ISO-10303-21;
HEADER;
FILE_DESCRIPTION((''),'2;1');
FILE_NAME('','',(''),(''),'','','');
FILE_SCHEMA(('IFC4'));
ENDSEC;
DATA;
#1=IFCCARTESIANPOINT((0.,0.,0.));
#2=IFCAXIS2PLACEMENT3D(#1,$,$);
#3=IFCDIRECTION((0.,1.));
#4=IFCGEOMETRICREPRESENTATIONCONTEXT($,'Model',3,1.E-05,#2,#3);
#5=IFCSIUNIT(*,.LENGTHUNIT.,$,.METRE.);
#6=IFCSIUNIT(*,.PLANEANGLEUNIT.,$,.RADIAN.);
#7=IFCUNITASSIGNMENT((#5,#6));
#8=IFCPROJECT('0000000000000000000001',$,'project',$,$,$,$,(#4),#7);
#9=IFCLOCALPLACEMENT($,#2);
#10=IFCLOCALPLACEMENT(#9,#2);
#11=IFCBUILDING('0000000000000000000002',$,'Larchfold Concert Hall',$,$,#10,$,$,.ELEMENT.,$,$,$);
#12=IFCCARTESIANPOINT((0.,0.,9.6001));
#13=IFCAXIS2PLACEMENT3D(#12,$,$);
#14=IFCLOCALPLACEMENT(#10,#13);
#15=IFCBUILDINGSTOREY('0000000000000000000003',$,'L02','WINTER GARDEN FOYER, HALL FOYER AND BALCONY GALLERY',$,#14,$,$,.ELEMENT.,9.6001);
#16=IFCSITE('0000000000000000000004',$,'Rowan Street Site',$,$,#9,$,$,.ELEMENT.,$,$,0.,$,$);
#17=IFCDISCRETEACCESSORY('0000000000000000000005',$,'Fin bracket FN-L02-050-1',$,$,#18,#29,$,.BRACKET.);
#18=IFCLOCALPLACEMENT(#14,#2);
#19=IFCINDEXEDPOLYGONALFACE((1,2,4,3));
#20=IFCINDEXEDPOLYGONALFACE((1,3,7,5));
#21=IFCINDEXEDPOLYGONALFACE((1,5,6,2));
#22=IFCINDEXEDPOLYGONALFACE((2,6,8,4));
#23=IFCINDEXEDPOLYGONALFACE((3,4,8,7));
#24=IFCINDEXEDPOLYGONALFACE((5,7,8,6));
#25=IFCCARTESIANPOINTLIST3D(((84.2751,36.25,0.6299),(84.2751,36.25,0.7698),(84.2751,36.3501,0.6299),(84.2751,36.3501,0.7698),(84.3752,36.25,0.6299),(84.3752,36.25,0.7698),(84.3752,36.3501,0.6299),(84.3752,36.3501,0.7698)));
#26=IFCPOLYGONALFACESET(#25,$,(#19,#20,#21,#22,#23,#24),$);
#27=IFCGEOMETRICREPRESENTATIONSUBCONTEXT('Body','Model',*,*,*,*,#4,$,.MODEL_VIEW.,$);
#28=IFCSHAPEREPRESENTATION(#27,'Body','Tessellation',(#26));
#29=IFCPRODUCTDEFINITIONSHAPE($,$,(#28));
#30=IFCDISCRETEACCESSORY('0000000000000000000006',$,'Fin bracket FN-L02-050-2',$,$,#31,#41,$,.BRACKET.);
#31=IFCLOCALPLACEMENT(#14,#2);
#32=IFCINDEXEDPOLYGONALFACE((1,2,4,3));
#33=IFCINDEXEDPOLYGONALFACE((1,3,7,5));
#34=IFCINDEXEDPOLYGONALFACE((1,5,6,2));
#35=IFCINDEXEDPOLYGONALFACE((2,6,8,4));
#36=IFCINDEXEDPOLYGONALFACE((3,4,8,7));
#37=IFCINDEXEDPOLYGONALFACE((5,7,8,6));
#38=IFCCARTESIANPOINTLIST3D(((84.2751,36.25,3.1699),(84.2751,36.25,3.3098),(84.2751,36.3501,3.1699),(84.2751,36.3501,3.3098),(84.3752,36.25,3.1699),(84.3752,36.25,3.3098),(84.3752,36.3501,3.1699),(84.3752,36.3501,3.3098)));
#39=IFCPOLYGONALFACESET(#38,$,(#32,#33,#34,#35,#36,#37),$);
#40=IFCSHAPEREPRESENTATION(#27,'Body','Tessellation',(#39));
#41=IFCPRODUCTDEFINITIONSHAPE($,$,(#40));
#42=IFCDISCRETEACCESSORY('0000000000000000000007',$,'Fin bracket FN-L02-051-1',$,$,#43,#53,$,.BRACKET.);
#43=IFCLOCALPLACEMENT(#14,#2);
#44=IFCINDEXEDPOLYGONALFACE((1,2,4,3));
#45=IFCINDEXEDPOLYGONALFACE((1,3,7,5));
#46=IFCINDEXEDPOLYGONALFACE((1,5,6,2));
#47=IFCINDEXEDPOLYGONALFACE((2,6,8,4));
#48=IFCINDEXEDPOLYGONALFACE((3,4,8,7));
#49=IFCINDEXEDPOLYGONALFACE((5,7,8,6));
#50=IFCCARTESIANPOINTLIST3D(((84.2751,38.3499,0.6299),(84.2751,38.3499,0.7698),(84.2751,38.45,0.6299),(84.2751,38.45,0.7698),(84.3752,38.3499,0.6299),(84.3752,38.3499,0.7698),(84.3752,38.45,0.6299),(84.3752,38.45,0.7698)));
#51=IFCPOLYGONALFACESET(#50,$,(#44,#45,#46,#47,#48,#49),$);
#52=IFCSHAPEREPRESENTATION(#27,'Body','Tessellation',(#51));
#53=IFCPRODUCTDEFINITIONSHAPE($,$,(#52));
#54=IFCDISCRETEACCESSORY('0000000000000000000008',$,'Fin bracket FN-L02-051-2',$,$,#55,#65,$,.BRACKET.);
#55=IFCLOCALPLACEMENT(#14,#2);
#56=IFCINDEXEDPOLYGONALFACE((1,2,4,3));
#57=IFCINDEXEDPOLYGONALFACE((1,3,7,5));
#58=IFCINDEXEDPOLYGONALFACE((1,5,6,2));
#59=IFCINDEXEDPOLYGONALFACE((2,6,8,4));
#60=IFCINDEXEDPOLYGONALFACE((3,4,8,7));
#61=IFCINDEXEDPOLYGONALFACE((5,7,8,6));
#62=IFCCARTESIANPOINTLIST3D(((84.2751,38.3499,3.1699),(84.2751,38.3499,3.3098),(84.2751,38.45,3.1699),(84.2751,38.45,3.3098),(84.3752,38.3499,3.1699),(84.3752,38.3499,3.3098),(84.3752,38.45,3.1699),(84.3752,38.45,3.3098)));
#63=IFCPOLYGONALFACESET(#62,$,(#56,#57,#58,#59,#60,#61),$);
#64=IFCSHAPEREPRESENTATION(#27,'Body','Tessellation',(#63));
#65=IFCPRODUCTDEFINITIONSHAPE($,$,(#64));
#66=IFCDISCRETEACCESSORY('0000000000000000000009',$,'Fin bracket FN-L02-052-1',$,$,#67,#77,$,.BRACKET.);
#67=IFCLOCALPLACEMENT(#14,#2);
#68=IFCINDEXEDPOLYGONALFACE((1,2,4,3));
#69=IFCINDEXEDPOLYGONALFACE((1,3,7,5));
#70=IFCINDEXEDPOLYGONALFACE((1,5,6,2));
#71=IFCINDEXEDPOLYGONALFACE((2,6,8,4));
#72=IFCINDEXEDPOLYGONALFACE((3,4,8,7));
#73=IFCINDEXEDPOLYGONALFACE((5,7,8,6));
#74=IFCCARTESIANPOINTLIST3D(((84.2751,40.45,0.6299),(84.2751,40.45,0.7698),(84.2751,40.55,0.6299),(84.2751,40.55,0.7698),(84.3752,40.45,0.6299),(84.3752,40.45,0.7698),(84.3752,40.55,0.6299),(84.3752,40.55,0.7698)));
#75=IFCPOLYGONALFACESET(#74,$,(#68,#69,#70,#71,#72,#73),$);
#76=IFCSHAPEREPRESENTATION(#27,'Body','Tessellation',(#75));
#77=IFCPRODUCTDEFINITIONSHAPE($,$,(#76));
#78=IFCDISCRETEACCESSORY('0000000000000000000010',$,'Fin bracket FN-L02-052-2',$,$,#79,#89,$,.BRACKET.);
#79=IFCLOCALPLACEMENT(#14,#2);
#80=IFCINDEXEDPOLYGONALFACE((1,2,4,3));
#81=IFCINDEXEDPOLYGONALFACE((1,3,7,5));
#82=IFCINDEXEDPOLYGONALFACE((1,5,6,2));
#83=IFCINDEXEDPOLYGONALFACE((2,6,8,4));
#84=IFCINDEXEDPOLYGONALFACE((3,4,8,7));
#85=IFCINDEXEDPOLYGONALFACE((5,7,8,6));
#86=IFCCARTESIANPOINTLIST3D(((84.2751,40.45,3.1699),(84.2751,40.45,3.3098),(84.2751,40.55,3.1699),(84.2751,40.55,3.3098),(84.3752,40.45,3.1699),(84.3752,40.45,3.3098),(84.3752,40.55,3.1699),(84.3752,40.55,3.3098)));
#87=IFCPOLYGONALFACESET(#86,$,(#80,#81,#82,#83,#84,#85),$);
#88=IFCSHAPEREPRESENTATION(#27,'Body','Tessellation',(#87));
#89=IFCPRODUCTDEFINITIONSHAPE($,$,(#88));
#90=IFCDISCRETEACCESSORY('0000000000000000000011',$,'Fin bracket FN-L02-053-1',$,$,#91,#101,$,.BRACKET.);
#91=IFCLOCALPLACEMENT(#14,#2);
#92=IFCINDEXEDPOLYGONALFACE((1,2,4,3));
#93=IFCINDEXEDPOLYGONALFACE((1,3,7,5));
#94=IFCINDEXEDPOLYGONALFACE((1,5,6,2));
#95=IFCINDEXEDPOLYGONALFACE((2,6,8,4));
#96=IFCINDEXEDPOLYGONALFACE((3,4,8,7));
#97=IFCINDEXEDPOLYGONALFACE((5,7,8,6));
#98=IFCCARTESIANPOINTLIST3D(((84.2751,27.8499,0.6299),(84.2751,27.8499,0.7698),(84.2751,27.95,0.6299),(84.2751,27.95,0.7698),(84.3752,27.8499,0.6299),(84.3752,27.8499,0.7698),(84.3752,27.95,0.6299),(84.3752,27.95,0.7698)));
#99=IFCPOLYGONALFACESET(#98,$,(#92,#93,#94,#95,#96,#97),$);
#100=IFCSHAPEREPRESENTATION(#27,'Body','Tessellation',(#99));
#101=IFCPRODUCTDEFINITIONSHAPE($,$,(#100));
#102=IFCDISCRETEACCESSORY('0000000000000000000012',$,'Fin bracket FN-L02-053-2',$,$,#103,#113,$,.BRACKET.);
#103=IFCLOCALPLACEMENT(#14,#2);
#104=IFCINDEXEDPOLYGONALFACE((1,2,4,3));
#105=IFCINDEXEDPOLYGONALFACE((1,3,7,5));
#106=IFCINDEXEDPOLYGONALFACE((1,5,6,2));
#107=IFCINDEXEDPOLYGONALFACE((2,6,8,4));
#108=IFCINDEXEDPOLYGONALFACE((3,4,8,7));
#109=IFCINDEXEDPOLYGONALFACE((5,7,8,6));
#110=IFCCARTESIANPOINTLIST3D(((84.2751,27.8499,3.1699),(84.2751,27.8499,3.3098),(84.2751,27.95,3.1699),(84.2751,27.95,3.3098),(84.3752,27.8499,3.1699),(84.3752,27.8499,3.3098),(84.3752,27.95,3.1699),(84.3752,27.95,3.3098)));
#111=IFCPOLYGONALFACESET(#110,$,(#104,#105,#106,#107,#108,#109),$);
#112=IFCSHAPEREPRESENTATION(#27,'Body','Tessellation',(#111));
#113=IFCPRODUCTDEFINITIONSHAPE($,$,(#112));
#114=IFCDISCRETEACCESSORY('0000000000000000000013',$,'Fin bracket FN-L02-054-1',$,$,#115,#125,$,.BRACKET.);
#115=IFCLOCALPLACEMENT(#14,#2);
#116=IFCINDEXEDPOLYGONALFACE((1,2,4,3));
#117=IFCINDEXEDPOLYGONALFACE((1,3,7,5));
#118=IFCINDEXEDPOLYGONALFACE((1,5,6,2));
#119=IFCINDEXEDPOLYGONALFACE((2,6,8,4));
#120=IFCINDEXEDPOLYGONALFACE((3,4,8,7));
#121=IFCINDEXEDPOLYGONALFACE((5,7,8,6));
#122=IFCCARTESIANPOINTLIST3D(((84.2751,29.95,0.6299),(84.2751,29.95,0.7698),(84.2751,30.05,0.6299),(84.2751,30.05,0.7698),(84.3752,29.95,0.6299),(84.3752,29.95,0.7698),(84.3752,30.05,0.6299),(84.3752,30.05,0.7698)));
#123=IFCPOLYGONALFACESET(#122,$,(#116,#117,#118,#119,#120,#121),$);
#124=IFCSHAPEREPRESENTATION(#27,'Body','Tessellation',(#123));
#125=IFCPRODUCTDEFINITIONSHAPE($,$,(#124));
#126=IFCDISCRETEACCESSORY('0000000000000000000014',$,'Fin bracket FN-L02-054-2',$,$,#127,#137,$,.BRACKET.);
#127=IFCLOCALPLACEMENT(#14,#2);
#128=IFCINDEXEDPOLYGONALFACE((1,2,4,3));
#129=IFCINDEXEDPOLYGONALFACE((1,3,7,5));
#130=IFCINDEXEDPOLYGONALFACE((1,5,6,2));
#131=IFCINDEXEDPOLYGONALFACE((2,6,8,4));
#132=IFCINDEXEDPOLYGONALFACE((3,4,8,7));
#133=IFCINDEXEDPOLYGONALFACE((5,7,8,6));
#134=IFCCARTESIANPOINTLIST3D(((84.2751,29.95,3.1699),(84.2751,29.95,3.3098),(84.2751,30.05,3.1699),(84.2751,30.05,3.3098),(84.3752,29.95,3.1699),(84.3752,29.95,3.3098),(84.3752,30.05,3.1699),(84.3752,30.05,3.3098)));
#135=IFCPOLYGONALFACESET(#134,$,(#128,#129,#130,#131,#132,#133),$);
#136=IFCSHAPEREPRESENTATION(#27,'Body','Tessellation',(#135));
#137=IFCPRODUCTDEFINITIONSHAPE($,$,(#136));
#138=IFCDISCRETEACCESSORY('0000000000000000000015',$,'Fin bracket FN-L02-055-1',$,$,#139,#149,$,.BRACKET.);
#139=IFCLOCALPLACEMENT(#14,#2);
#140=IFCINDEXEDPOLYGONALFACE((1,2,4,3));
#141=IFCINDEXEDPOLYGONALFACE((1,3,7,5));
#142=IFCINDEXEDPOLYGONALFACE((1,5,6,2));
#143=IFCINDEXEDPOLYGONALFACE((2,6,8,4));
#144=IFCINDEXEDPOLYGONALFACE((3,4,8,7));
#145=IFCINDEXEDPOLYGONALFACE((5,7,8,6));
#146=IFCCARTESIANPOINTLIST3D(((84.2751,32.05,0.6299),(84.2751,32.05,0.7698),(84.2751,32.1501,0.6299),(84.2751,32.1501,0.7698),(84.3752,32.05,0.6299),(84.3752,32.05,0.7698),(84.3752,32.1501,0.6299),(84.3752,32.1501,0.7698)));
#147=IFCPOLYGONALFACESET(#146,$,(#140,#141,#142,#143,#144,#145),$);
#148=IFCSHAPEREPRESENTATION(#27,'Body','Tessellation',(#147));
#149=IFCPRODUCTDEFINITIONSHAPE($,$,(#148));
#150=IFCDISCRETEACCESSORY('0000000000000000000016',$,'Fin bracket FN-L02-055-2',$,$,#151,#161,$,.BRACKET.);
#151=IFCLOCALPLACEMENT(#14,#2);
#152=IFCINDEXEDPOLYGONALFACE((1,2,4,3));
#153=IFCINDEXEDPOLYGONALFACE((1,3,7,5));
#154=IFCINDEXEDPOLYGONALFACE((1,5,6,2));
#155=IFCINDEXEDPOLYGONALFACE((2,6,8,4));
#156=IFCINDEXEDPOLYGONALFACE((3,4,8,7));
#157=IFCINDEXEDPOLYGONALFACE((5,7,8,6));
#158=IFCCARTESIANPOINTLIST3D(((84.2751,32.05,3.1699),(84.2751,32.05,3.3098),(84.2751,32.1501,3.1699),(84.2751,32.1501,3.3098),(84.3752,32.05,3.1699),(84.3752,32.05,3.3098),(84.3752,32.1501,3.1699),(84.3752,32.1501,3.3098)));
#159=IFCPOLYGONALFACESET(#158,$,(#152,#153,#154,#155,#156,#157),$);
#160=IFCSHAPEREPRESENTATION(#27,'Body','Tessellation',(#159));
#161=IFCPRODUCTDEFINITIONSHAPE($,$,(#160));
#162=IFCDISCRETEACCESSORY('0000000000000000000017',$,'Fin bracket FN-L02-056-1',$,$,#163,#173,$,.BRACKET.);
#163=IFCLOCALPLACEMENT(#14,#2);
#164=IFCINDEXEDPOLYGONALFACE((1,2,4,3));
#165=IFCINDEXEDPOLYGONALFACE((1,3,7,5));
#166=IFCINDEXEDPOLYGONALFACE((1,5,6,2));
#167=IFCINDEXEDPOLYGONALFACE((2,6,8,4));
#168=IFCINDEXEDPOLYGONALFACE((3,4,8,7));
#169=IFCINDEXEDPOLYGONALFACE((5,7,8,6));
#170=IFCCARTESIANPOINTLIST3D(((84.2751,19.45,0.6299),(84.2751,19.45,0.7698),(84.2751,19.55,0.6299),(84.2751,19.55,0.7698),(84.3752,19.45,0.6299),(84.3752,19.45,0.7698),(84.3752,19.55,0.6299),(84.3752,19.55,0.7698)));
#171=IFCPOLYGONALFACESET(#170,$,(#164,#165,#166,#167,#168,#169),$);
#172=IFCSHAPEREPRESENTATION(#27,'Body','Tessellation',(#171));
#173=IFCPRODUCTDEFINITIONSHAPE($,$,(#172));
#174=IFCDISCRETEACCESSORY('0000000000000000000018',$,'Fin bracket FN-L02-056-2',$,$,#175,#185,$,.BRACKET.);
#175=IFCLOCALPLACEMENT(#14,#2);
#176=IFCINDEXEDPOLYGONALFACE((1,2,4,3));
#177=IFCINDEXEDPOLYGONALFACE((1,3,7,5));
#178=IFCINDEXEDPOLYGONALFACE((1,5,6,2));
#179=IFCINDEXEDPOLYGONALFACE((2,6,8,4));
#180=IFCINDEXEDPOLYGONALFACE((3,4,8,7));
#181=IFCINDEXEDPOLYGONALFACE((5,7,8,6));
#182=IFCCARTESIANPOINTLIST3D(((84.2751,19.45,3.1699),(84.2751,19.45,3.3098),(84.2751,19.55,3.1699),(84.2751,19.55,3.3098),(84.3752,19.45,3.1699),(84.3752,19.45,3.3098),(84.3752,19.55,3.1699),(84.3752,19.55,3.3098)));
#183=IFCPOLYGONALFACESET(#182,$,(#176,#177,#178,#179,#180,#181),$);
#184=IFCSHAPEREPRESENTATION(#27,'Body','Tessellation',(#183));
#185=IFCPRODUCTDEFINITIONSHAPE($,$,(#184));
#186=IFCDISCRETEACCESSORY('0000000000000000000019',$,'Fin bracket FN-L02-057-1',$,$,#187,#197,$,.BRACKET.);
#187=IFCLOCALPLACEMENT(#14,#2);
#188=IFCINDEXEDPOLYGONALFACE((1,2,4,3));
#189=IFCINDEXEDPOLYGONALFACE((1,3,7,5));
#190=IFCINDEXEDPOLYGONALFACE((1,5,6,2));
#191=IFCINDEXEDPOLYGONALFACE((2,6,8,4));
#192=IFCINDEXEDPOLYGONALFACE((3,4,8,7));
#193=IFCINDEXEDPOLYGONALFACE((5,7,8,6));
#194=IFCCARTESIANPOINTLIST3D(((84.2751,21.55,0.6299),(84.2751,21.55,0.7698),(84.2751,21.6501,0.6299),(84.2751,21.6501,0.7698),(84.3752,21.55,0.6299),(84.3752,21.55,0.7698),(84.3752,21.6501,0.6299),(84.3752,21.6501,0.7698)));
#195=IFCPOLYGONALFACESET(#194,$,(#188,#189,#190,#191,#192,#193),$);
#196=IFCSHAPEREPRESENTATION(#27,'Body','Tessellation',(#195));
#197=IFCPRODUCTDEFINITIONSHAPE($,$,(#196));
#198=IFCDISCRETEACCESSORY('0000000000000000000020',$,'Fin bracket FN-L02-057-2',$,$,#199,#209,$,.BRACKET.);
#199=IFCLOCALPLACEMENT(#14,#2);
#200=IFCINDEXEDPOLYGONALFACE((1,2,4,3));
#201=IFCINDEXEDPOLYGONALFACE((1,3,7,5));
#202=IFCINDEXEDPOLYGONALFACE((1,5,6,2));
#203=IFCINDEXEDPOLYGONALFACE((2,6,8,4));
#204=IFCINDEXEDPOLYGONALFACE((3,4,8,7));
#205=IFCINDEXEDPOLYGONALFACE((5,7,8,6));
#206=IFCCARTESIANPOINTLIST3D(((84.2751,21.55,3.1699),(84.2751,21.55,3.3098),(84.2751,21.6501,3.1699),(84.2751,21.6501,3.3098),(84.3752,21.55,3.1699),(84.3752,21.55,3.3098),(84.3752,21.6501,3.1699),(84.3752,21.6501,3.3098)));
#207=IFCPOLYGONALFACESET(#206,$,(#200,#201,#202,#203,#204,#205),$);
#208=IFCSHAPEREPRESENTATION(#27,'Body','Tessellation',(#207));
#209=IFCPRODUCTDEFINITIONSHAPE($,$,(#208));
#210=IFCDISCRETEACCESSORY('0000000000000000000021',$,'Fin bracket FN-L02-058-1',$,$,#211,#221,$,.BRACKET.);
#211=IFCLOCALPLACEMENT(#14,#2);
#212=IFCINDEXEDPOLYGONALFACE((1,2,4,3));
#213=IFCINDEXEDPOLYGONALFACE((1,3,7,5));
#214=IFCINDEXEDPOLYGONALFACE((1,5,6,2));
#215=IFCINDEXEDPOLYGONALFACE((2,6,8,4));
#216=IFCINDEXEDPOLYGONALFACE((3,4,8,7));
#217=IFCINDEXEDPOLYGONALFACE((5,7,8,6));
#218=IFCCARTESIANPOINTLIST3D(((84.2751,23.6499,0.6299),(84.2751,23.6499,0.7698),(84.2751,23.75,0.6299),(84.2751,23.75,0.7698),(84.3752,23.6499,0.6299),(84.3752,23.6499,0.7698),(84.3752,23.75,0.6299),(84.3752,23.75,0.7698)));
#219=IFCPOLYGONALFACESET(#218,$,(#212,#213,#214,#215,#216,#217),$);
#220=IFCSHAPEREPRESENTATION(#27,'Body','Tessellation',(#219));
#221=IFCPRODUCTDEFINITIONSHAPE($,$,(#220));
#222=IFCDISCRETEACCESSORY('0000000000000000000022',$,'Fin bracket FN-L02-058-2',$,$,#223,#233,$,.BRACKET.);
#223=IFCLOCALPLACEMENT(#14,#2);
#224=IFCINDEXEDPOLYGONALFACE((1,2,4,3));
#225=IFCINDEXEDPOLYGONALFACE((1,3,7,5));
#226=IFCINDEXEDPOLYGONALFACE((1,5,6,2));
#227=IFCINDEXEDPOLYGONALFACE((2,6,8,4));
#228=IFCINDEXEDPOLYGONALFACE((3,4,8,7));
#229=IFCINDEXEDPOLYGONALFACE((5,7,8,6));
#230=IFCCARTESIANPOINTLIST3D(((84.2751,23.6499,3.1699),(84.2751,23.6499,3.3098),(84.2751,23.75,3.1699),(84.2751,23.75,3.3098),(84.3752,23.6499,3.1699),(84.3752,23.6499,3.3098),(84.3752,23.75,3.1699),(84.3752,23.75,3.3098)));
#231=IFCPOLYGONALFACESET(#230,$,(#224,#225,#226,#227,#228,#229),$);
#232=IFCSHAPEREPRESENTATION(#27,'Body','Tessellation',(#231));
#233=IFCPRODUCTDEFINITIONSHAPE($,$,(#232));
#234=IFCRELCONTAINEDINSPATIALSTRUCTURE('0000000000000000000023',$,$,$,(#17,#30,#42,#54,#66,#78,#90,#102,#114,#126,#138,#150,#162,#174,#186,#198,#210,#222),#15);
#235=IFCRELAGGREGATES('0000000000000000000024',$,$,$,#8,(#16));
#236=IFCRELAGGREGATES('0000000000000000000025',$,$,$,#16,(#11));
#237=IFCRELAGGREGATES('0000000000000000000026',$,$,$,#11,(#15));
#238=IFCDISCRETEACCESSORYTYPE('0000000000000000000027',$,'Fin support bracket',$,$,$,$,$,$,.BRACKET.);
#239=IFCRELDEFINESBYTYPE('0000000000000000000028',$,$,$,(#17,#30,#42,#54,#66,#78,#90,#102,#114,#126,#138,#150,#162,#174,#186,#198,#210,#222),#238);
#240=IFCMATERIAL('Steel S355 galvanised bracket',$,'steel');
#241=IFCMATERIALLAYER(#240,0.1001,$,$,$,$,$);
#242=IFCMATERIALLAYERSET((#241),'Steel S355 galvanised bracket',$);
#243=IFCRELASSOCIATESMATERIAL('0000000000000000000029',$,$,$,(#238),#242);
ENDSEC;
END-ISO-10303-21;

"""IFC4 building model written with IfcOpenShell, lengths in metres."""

from ifc_helpers import new_model, si_unit, direction, frame, origin, origin_2d, place, context, subcontext, project, spatial, rectangle, extrude, material, layer, layer_set, type_object, element, save


model = new_model("IFC4")

# Units and contexts
model_context = context("Model", 3, precision=1e-05, world=origin(), true_north=direction((0.0, 1.0)))
body_context = subcontext(model_context, "Body", "Model", "MODEL_VIEW")
ifc_project = project(units=[si_unit("LENGTHUNIT", "METRE"), si_unit("PLANEANGLEUNIT", "RADIAN")], contexts=[model_context])

# Site, building, storey
site_placement = place(None, origin())
site = spatial("IfcSite", under=ifc_project, at=site_placement, Name="Rowan Street Site", CompositionType="ELEMENT", RefElevation=0.0)
building_placement = place(site_placement, origin())
building = spatial("IfcBuilding", under=site, at=building_placement, Name="Larchfold Concert Hall", CompositionType="ELEMENT")
storey_placement = place(building_placement, frame((0.0, 0.0, 9.6001)))
storey = spatial("IfcBuildingStorey", under=building, at=storey_placement, Name="L02", Description="WINTER GARDEN FOYER, HALL FOYER AND BALCONY GALLERY", CompositionType="ELEMENT", Elevation=9.6001)

# Discrete accessories
ifc_material_1 = material(Name="Steel S355 galvanised bracket", Category="steel")
ifc_layer_1 = layer(ifc_material_1, 0.1001)
ifc_layer_set_1 = layer_set([ifc_layer_1], Name="Steel S355 galvanised bracket")
discrete_accessory_type = type_object("IfcDiscreteAccessoryType", Name="Fin support bracket", PredefinedType="BRACKET", material=ifc_layer_set_1)
for number, where, z_axis, x_axis, name in (
    (1, (84.3252, 36.3, 0.6299), (0.0, 0.0, 1.0), (-1.0, 0.0, 0.0), "Fin bracket FN-L02-050-1"),
    (2, (84.3252, 36.3, 3.1699), (0.0, 0.0, 1.0), (-1.0, 0.0, 0.0), "Fin bracket FN-L02-050-2"),
    (3, (84.3252, 38.3999, 0.6299), (0.0, 0.0, 1.0), (-1.0, 0.0, 0.0), "Fin bracket FN-L02-051-1"),
    (4, (84.3252, 38.3999, 3.1699), (0.0, 0.0, 1.0), (-1.0, 0.0, 0.0), "Fin bracket FN-L02-051-2"),
    (5, (84.3252, 40.5, 0.6299), (0.0, 0.0, 1.0), (-1.0, 0.0, 0.0), "Fin bracket FN-L02-052-1"),
    (6, (84.3252, 40.5, 3.1699), (0.0, 0.0, 1.0), (-1.0, 0.0, 0.0), "Fin bracket FN-L02-052-2"),
    (7, (84.3252, 27.8999, 0.6299), (0.0, 0.0, 1.0), (-1.0, 0.0, 0.0), "Fin bracket FN-L02-053-1"),
    (8, (84.3252, 27.8999, 3.1699), (0.0, 0.0, 1.0), (-1.0, 0.0, 0.0), "Fin bracket FN-L02-053-2"),
    (9, (84.3252, 30.0, 0.6299), (0.0, 0.0, 1.0), (-1.0, 0.0, 0.0), "Fin bracket FN-L02-054-1"),
    (10, (84.3252, 30.0, 3.1699), (0.0, 0.0, 1.0), (-1.0, 0.0, 0.0), "Fin bracket FN-L02-054-2"),
    (11, (84.3252, 32.1001, 0.6299), (0.0, 0.0, 1.0), (-1.0, 0.0, 0.0), "Fin bracket FN-L02-055-1"),
    (12, (84.3252, 32.1001, 3.1699), (0.0, 0.0, 1.0), (-1.0, 0.0, 0.0), "Fin bracket FN-L02-055-2"),
    (13, (84.3252, 19.5, 0.6299), (0.0, 0.0, 1.0), (-1.0, 0.0, 0.0), "Fin bracket FN-L02-056-1"),
    (14, (84.3252, 19.5, 3.1699), (0.0, 0.0, 1.0), (-1.0, 0.0, 0.0), "Fin bracket FN-L02-056-2"),
    (15, (84.3252, 21.6001, 0.6299), (0.0, 0.0, 1.0), (-1.0, 0.0, 0.0), "Fin bracket FN-L02-057-1"),
    (16, (84.3252, 21.6001, 3.1699), (0.0, 0.0, 1.0), (-1.0, 0.0, 0.0), "Fin bracket FN-L02-057-2"),
    (17, (84.3252, 23.7, 0.6299), (0.0, 0.0, 1.0), (-1.0, 0.0, 0.0), "Fin bracket FN-L02-058-1"),
    (18, (84.3252, 23.7, 3.1699), (0.0, 0.0, 1.0), (-1.0, 0.0, 0.0), "Fin bracket FN-L02-058-2"),
):
    element("IfcDiscreteAccessory", number, at=place(storey_placement, frame(where, z_axis=z_axis, x_axis=x_axis)), inside=storey, type_object=discrete_accessory_type, Name=name, PredefinedType="BRACKET", context=body_context, shape_type="SweptSolid", body=[
        extrude(rectangle(XDim=0.1001, YDim=0.1001, at=origin_2d()), origin(), (0.0, 0.0, 1.0), 0.1399),
    ])

save(model, "model.ifc")
